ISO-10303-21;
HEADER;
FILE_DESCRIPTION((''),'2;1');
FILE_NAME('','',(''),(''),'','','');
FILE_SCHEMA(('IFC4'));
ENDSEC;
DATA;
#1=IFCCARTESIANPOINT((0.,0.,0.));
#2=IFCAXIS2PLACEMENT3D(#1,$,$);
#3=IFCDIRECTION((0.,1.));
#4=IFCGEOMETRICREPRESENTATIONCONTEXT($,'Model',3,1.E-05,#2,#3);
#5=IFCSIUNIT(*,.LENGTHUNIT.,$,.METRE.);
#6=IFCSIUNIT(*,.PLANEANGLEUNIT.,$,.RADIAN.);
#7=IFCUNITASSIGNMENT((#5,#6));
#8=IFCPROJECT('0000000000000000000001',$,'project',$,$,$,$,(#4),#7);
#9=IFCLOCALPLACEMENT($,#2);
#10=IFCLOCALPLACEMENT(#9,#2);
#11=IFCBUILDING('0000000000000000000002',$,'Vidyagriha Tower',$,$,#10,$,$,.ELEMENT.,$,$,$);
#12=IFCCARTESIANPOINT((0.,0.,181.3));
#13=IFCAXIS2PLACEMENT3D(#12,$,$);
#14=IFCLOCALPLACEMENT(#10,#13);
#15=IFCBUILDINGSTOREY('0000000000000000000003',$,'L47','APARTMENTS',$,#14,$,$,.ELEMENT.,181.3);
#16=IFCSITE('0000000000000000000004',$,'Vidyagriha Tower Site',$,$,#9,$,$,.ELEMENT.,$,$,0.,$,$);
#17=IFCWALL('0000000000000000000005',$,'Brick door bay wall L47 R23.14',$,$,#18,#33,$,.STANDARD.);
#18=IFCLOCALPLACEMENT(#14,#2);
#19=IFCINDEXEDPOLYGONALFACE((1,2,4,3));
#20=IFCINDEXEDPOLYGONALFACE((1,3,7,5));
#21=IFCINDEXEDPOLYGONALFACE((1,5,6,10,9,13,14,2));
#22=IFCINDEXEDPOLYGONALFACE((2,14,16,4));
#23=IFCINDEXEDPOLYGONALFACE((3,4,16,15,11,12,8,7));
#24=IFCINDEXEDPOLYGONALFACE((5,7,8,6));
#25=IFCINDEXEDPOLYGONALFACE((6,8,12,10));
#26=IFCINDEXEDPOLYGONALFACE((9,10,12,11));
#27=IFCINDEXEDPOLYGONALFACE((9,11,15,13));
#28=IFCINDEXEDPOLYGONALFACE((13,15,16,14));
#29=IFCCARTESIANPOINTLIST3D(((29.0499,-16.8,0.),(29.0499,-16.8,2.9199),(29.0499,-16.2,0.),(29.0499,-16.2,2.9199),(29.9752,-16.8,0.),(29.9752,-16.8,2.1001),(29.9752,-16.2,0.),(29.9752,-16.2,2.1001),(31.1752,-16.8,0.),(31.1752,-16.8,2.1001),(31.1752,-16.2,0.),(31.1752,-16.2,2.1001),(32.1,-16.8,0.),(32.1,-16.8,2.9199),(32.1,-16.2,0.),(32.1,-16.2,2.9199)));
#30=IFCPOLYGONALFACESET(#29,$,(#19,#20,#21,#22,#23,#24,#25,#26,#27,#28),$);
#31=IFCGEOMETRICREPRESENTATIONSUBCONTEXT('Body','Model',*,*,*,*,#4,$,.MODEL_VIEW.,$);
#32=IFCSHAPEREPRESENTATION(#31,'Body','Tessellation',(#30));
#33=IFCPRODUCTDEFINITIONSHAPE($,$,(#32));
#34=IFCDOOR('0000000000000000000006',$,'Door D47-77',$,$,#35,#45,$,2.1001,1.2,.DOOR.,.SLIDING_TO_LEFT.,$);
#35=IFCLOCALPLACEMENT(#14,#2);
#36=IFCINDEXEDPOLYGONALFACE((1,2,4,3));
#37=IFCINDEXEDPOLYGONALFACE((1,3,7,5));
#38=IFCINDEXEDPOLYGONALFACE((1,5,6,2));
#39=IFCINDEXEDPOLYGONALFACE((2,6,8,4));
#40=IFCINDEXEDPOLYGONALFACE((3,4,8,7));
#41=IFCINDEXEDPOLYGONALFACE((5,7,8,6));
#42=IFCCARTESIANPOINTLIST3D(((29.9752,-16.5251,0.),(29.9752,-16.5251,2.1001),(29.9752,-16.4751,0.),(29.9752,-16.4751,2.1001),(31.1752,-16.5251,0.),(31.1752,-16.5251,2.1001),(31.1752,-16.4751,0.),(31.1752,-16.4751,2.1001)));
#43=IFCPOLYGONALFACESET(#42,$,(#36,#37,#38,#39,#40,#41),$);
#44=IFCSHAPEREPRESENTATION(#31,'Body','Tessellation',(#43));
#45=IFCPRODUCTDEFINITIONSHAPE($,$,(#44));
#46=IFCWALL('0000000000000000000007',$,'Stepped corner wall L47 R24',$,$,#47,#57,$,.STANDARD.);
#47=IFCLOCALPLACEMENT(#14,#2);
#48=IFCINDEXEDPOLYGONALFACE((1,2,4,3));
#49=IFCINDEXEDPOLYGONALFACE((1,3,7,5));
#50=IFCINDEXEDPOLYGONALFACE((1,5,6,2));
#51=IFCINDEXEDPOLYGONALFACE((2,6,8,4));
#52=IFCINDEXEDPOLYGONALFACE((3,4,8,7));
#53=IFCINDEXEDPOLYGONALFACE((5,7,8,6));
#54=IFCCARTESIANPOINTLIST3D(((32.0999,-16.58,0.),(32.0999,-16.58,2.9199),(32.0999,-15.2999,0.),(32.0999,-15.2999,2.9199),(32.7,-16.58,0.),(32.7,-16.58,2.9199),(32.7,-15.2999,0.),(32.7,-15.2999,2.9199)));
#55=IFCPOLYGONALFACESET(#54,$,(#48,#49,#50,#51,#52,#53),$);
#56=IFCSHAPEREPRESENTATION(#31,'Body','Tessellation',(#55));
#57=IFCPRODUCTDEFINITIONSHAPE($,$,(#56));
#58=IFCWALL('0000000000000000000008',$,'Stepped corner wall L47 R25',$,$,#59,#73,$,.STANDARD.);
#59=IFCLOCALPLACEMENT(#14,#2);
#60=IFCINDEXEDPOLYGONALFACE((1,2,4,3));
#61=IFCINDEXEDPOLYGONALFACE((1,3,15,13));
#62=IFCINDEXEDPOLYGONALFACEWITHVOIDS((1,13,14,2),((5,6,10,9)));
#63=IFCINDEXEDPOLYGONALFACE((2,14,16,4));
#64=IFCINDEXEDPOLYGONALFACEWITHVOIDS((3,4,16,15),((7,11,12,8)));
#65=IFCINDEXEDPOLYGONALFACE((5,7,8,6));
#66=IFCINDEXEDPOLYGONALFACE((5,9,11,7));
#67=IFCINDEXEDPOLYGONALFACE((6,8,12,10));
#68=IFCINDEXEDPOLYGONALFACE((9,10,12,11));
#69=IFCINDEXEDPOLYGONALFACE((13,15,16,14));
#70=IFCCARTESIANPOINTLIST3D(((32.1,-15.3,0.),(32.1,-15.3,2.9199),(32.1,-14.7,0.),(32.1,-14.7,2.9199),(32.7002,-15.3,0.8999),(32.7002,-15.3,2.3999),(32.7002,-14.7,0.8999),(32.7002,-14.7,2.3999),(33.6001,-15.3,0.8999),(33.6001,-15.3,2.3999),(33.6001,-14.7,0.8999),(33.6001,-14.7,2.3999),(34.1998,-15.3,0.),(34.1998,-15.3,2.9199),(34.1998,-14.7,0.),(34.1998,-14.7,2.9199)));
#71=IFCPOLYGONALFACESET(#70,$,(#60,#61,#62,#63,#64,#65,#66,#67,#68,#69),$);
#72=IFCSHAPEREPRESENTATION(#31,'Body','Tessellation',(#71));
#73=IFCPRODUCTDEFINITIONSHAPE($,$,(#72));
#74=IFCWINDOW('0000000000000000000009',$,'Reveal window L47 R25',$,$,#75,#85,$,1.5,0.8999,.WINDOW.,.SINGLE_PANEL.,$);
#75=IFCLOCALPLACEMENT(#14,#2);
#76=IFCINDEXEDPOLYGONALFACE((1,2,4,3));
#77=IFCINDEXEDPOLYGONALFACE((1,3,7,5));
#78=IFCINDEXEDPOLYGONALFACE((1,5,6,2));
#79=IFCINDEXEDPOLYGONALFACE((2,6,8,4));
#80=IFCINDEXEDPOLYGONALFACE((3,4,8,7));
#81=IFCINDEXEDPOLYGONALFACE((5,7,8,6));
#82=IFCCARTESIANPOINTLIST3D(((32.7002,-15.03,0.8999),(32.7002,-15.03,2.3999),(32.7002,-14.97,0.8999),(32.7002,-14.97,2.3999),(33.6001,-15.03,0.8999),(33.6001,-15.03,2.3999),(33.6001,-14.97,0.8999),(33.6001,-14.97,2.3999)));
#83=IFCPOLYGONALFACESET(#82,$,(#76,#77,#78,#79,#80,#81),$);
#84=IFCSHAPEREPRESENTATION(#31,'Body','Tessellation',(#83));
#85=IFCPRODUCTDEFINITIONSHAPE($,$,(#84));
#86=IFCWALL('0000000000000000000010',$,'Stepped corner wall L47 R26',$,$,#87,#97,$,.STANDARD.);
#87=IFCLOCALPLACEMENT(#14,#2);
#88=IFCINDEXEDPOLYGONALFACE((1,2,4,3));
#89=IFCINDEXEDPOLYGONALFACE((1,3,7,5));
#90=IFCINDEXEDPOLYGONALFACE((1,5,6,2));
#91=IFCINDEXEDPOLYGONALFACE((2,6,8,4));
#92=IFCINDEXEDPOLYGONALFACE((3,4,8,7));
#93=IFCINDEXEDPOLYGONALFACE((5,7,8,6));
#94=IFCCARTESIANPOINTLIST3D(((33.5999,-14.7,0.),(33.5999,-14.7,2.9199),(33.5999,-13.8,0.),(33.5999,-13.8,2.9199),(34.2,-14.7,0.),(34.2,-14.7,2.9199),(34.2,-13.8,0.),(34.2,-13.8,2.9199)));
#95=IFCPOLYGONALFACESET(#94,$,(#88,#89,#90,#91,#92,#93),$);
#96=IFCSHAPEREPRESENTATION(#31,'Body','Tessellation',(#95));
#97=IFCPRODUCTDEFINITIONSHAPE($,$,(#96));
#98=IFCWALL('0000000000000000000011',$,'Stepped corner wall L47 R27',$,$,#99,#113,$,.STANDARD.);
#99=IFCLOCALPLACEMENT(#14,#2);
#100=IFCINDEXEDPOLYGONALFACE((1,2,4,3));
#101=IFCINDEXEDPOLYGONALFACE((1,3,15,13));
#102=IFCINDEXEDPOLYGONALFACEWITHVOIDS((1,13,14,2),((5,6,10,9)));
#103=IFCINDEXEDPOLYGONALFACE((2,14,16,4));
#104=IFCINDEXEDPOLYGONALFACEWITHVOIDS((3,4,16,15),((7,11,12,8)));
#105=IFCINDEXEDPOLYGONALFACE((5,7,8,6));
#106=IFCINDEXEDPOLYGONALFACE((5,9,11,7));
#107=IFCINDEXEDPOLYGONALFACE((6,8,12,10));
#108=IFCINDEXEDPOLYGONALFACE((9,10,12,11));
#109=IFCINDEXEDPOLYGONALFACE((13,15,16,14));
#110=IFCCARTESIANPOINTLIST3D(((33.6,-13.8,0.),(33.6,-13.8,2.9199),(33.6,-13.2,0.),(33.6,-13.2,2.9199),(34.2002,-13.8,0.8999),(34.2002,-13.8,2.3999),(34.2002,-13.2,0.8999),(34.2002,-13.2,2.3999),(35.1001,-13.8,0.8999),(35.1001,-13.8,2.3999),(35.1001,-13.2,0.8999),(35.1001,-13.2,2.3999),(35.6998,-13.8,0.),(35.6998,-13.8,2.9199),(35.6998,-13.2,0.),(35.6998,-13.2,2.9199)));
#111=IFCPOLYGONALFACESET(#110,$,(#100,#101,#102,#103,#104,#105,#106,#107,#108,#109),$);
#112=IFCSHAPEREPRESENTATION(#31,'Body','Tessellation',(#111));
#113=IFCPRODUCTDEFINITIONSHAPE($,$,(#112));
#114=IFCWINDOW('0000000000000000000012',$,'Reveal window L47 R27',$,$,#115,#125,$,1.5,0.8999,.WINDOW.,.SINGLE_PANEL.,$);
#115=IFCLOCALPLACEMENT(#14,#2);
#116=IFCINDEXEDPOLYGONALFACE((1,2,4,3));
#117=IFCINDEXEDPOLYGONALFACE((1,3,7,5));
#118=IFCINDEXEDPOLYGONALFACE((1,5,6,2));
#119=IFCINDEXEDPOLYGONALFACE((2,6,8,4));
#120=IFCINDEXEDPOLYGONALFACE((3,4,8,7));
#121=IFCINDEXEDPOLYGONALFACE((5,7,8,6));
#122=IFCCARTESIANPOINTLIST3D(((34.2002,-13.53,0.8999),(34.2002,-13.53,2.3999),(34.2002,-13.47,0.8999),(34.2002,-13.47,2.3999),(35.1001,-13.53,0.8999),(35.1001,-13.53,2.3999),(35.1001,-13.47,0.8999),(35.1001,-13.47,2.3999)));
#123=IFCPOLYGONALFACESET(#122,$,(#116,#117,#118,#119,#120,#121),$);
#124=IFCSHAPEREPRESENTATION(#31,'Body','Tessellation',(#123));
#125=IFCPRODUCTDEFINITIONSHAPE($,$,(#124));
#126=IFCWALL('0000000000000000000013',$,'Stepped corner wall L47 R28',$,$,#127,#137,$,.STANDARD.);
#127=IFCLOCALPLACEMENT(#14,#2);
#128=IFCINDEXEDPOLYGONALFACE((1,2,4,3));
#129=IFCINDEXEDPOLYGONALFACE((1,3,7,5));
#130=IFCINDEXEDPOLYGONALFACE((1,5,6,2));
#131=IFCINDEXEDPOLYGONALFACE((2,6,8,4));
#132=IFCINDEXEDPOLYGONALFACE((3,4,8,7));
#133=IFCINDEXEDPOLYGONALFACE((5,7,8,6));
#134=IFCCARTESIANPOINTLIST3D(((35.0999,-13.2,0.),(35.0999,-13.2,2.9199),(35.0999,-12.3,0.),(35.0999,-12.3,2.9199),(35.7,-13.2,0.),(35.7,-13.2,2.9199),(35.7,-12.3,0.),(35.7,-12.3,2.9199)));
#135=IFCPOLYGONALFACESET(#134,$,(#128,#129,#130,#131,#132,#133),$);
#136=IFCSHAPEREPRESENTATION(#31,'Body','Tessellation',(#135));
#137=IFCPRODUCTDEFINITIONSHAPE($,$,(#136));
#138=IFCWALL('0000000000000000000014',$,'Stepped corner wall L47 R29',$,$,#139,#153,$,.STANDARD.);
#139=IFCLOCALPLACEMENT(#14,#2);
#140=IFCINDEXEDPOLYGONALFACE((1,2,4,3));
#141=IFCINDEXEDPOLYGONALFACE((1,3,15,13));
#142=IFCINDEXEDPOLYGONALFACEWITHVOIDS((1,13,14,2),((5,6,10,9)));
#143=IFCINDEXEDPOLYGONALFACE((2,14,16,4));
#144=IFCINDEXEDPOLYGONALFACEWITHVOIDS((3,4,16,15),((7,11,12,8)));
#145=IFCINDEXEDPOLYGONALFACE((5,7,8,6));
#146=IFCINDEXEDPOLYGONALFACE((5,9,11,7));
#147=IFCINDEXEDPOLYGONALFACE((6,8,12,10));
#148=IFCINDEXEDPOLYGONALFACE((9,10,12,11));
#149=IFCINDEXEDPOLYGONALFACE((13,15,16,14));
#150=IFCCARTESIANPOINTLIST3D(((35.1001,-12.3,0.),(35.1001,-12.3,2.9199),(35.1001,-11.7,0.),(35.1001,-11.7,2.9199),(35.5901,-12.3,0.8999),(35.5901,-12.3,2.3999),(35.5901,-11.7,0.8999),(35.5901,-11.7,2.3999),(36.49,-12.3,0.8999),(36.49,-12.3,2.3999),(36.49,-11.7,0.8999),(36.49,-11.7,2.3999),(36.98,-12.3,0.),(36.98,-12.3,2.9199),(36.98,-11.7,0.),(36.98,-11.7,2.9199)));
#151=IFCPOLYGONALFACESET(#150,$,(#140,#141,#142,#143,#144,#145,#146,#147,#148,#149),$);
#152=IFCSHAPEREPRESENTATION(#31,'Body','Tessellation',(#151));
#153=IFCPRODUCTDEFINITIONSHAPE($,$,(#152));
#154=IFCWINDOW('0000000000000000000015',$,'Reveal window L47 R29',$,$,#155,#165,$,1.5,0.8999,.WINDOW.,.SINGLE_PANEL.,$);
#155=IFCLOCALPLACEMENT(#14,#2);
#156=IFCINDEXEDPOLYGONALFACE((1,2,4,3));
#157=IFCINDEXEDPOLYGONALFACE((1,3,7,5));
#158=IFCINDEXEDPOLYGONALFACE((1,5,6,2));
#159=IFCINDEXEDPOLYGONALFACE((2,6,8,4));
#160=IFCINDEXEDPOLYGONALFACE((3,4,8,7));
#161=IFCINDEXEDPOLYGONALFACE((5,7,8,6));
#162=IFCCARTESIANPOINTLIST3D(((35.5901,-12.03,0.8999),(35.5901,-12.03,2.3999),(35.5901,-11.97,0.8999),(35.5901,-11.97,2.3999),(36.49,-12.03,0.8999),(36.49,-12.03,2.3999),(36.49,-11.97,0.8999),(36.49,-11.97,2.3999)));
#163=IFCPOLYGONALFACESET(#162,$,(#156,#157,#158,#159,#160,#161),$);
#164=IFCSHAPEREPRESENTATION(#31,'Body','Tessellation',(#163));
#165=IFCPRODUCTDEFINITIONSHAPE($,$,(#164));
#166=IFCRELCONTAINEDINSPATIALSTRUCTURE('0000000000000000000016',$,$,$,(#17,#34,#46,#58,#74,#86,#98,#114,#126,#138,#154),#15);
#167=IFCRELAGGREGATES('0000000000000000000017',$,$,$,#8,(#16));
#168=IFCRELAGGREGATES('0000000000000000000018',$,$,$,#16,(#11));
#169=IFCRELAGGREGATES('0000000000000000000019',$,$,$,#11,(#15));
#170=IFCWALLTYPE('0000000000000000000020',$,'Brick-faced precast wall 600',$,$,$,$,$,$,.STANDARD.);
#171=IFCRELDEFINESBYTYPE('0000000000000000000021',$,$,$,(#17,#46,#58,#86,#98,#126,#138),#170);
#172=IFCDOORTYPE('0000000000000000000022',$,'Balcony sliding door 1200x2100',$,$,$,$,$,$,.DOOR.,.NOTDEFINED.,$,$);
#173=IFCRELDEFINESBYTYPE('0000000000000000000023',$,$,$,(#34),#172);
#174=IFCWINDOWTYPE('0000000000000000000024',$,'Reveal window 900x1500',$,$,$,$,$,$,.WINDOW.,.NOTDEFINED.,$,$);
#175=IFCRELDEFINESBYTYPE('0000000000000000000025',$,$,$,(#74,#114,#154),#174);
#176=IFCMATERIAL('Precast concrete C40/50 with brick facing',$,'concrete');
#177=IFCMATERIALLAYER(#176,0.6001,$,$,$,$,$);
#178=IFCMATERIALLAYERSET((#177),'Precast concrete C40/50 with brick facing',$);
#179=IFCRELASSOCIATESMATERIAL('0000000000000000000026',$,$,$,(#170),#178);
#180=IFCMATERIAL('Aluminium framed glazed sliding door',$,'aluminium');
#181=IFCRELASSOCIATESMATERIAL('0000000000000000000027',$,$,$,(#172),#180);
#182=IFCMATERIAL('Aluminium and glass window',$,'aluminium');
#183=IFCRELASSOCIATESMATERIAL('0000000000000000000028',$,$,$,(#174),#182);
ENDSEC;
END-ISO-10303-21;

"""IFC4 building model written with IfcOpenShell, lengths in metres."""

from ifc_helpers import new_model, si_unit, direction, frame, frame_2d, origin, place, context, subcontext, project, spatial, rectangle, extrude, material, layer, layer_set, type_object, element, fill, save


model = new_model("IFC4")

# Units and contexts
model_context = context("Model", 3, precision=1e-05, world=origin(), true_north=direction((0.0, 1.0)))
body_context = subcontext(model_context, "Body", "Model", "MODEL_VIEW")
ifc_project = project(units=[si_unit("LENGTHUNIT", "METRE"), si_unit("PLANEANGLEUNIT", "RADIAN")], contexts=[model_context])

# Site, building, storey
site_placement = place(None, origin())
site = spatial("IfcSite", under=ifc_project, at=site_placement, Name="Vidyagriha Tower Site", CompositionType="ELEMENT", RefElevation=0.0)
building_placement = place(site_placement, origin())
building = spatial("IfcBuilding", under=site, at=building_placement, Name="Vidyagriha Tower", CompositionType="ELEMENT")
storey_placement = place(building_placement, frame((0.0, 0.0, 181.3)))
storey = spatial("IfcBuildingStorey", under=building, at=storey_placement, Name="L47", Description="APARTMENTS", CompositionType="ELEMENT", Elevation=181.3)

# Wall, opening, door
ifc_material_1 = material(Name="Precast concrete C40/50 with brick facing", Category="concrete")
ifc_layer_1 = layer(ifc_material_1, 0.6001)
ifc_layer_set_1 = layer_set([ifc_layer_1], Name="Precast concrete C40/50 with brick facing")
wall_type_1 = type_object("IfcWallType", Name="Brick-faced precast wall 600", PredefinedType="STANDARD", material=ifc_layer_set_1)
wall_1_placement = place(storey_placement, frame((29.05, -16.5, 0.0)))
wall_1 = element("IfcWall", 1, at=wall_1_placement, inside=storey, type_object=wall_type_1, Name="Brick door bay wall L47 R23.14", PredefinedType="STANDARD", context=body_context, shape_type="SweptSolid", body=[
    extrude(rectangle(XDim=3.05, YDim=0.6001, at=frame_2d((1.5249, 0.0))), origin(), (0.0, 0.0, 1.0), 2.9199),
])
opening_1_placement = place(wall_1_placement, frame((0.925, 0.0, 0.0)))
opening_1 = element("IfcOpeningElement", 2, at=opening_1_placement, cuts=wall_1, PredefinedType="OPENING", context=body_context, shape_type="SweptSolid", body=[
    extrude(rectangle(XDim=1.2, YDim=2.1001, at=frame_2d((0.6001, 1.05))), frame((0.0, 0.3101, 0.0), z_axis=(0.0, -1.0, 0.0), x_axis=(1.0, 0.0, 0.0)), (0.0, 0.0, 1.0), 0.6201),
])
ifc_material_2 = material(Name="Aluminium framed glazed sliding door", Category="aluminium")
door_type_1 = type_object("IfcDoorType", Name="Balcony sliding door 1200x2100", OperationType="NOTDEFINED", PredefinedType="DOOR", material=ifc_material_2)
door_1_placement = place(opening_1_placement, origin())
door_1 = element("IfcDoor", 3, at=door_1_placement, inside=storey, type_object=door_type_1, Name="Door D47-77", OperationType="SLIDING_TO_LEFT", OverallHeight=2.1001, OverallWidth=1.2, PredefinedType="DOOR", context=body_context, shape_type="SweptSolid", body=[
    extrude(rectangle(XDim=1.2, YDim=2.1001, at=frame_2d((0.6001, 1.05))), frame((0.0, 0.0249, 0.0), z_axis=(0.0, -1.0, 0.0), x_axis=(1.0, 0.0, 0.0)), (0.0, 0.0, 1.0), 0.05),
])
fill(opening_1, door_1)

# Wall
wall_2_placement = place(storey_placement, frame((32.3999, -16.5801, 0.0), z_axis=(0.0, 0.0, 1.0), x_axis=(0.0, 1.0, 0.0)))
element("IfcWall", 4, at=wall_2_placement, inside=storey, type_object=wall_type_1, Name="Stepped corner wall L47 R24", PredefinedType="STANDARD", context=body_context, shape_type="SweptSolid", body=[
    extrude(rectangle(XDim=1.28, YDim=0.6001, at=frame_2d((0.6401, 0.0))), origin(), (0.0, 0.0, 1.0), 2.9199),
])

# Wall, opening, window
wall_3_placement = place(storey_placement, frame((32.1001, -15.0, 0.0)))
wall_3 = element("IfcWall", 5, at=wall_3_placement, inside=storey, type_object=wall_type_1, Name="Stepped corner wall L47 R25", PredefinedType="STANDARD", context=body_context, shape_type="SweptSolid", body=[
    extrude(rectangle(XDim=2.0999, YDim=0.6001, at=frame_2d((1.0498, 0.0))), origin(), (0.0, 0.0, 1.0), 2.9199),
])
opening_2_placement = place(wall_3_placement, frame((0.6001, 0.0, 0.8999)))
opening_2 = element("IfcOpeningElement", 6, at=opening_2_placement, cuts=wall_3, PredefinedType="OPENING", context=body_context, shape_type="SweptSolid", body=[
    extrude(rectangle(XDim=0.8999, YDim=1.5, at=frame_2d((0.45, 0.75))), frame((0.0, 0.3101, 0.0), z_axis=(0.0, -1.0, 0.0), x_axis=(1.0, 0.0, 0.0)), (0.0, 0.0, 1.0), 0.6201),
])
ifc_material_3 = material(Name="Aluminium and glass window", Category="aluminium")
window_type = type_object("IfcWindowType", Name="Reveal window 900x1500", PartitioningType="NOTDEFINED", PredefinedType="WINDOW", material=ifc_material_3)
window_1_placement = place(opening_2_placement, origin())
window_1 = element("IfcWindow", 7, at=window_1_placement, inside=storey, type_object=window_type, Name="Reveal window L47 R25", OverallHeight=1.5, OverallWidth=0.8999, PartitioningType="SINGLE_PANEL", PredefinedType="WINDOW", context=body_context, shape_type="SweptSolid", body=[
    extrude(rectangle(XDim=0.8999, YDim=1.5, at=frame_2d((0.45, 0.75))), frame((0.0, 0.03, 0.0), z_axis=(0.0, -1.0, 0.0), x_axis=(1.0, 0.0, 0.0)), (0.0, 0.0, 1.0), 0.0601),
])
fill(opening_2, window_1)

# Wall
wall_4_placement = place(storey_placement, frame((33.8999, -14.7, 0.0), z_axis=(0.0, 0.0, 1.0), x_axis=(0.0, 1.0, 0.0)))
element("IfcWall", 8, at=wall_4_placement, inside=storey, type_object=wall_type_1, Name="Stepped corner wall L47 R26", PredefinedType="STANDARD", context=body_context, shape_type="SweptSolid", body=[
    extrude(rectangle(XDim=0.8999, YDim=0.6001, at=frame_2d((0.45, 0.0))), origin(), (0.0, 0.0, 1.0), 2.9199),
])

# Wall, opening, window
wall_5_placement = place(storey_placement, frame((33.6001, -13.5, 0.0)))
wall_5 = element("IfcWall", 9, at=wall_5_placement, inside=storey, type_object=wall_type_1, Name="Stepped corner wall L47 R27", PredefinedType="STANDARD", context=body_context, shape_type="SweptSolid", body=[
    extrude(rectangle(XDim=2.0999, YDim=0.6001, at=frame_2d((1.0498, 0.0))), origin(), (0.0, 0.0, 1.0), 2.9199),
])
opening_3_placement = place(wall_5_placement, frame((0.6001, 0.0, 0.8999)))
opening_3 = element("IfcOpeningElement", 10, at=opening_3_placement, cuts=wall_5, PredefinedType="OPENING", context=body_context, shape_type="SweptSolid", body=[
    extrude(rectangle(XDim=0.8999, YDim=1.5, at=frame_2d((0.45, 0.75))), frame((0.0, 0.3101, 0.0), z_axis=(0.0, -1.0, 0.0), x_axis=(1.0, 0.0, 0.0)), (0.0, 0.0, 1.0), 0.6201),
])
window_2_placement = place(opening_3_placement, origin())
window_2 = element("IfcWindow", 11, at=window_2_placement, inside=storey, type_object=window_type, Name="Reveal window L47 R27", OverallHeight=1.5, OverallWidth=0.8999, PartitioningType="SINGLE_PANEL", PredefinedType="WINDOW", context=body_context, shape_type="SweptSolid", body=[
    extrude(rectangle(XDim=0.8999, YDim=1.5, at=frame_2d((0.45, 0.75))), frame((0.0, 0.03, 0.0), z_axis=(0.0, -1.0, 0.0), x_axis=(1.0, 0.0, 0.0)), (0.0, 0.0, 1.0), 0.0601),
])
fill(opening_3, window_2)

# Wall
wall_6_placement = place(storey_placement, frame((35.3999, -13.2, 0.0), z_axis=(0.0, 0.0, 1.0), x_axis=(0.0, 1.0, 0.0)))
element("IfcWall", 12, at=wall_6_placement, inside=storey, type_object=wall_type_1, Name="Stepped corner wall L47 R28", PredefinedType="STANDARD", context=body_context, shape_type="SweptSolid", body=[
    extrude(rectangle(XDim=0.8999, YDim=0.6001, at=frame_2d((0.45, 0.0))), origin(), (0.0, 0.0, 1.0), 2.9199),
])

# Wall, opening, window
wall_7_placement = place(storey_placement, frame((35.1001, -12.0, 0.0)))
wall_7 = element("IfcWall", 13, at=wall_7_placement, inside=storey, type_object=wall_type_1, Name="Stepped corner wall L47 R29", PredefinedType="STANDARD", context=body_context, shape_type="SweptSolid", body=[
    extrude(rectangle(XDim=1.8799, YDim=0.6001, at=frame_2d((0.9399, 0.0))), origin(), (0.0, 0.0, 1.0), 2.9199),
])
opening_4_placement = place(wall_7_placement, frame((0.49, 0.0, 0.8999)))
opening_4 = element("IfcOpeningElement", 14, at=opening_4_placement, cuts=wall_7, PredefinedType="OPENING", context=body_context, shape_type="SweptSolid", body=[
    extrude(rectangle(XDim=0.8999, YDim=1.5, at=frame_2d((0.45, 0.75))), frame((0.0, 0.3101, 0.0), z_axis=(0.0, -1.0, 0.0), x_axis=(1.0, 0.0, 0.0)), (0.0, 0.0, 1.0), 0.6201),
])
window_3_placement = place(opening_4_placement, origin())
window_3 = element("IfcWindow", 15, at=window_3_placement, inside=storey, type_object=window_type, Name="Reveal window L47 R29", OverallHeight=1.5, OverallWidth=0.8999, PartitioningType="SINGLE_PANEL", PredefinedType="WINDOW", context=body_context, shape_type="SweptSolid", body=[
    extrude(rectangle(XDim=0.8999, YDim=1.5, at=frame_2d((0.45, 0.75))), frame((0.0, 0.03, 0.0), z_axis=(0.0, -1.0, 0.0), x_axis=(1.0, 0.0, 0.0)), (0.0, 0.0, 1.0), 0.0601),
])
fill(opening_4, window_3)

save(model, "model.ifc")
